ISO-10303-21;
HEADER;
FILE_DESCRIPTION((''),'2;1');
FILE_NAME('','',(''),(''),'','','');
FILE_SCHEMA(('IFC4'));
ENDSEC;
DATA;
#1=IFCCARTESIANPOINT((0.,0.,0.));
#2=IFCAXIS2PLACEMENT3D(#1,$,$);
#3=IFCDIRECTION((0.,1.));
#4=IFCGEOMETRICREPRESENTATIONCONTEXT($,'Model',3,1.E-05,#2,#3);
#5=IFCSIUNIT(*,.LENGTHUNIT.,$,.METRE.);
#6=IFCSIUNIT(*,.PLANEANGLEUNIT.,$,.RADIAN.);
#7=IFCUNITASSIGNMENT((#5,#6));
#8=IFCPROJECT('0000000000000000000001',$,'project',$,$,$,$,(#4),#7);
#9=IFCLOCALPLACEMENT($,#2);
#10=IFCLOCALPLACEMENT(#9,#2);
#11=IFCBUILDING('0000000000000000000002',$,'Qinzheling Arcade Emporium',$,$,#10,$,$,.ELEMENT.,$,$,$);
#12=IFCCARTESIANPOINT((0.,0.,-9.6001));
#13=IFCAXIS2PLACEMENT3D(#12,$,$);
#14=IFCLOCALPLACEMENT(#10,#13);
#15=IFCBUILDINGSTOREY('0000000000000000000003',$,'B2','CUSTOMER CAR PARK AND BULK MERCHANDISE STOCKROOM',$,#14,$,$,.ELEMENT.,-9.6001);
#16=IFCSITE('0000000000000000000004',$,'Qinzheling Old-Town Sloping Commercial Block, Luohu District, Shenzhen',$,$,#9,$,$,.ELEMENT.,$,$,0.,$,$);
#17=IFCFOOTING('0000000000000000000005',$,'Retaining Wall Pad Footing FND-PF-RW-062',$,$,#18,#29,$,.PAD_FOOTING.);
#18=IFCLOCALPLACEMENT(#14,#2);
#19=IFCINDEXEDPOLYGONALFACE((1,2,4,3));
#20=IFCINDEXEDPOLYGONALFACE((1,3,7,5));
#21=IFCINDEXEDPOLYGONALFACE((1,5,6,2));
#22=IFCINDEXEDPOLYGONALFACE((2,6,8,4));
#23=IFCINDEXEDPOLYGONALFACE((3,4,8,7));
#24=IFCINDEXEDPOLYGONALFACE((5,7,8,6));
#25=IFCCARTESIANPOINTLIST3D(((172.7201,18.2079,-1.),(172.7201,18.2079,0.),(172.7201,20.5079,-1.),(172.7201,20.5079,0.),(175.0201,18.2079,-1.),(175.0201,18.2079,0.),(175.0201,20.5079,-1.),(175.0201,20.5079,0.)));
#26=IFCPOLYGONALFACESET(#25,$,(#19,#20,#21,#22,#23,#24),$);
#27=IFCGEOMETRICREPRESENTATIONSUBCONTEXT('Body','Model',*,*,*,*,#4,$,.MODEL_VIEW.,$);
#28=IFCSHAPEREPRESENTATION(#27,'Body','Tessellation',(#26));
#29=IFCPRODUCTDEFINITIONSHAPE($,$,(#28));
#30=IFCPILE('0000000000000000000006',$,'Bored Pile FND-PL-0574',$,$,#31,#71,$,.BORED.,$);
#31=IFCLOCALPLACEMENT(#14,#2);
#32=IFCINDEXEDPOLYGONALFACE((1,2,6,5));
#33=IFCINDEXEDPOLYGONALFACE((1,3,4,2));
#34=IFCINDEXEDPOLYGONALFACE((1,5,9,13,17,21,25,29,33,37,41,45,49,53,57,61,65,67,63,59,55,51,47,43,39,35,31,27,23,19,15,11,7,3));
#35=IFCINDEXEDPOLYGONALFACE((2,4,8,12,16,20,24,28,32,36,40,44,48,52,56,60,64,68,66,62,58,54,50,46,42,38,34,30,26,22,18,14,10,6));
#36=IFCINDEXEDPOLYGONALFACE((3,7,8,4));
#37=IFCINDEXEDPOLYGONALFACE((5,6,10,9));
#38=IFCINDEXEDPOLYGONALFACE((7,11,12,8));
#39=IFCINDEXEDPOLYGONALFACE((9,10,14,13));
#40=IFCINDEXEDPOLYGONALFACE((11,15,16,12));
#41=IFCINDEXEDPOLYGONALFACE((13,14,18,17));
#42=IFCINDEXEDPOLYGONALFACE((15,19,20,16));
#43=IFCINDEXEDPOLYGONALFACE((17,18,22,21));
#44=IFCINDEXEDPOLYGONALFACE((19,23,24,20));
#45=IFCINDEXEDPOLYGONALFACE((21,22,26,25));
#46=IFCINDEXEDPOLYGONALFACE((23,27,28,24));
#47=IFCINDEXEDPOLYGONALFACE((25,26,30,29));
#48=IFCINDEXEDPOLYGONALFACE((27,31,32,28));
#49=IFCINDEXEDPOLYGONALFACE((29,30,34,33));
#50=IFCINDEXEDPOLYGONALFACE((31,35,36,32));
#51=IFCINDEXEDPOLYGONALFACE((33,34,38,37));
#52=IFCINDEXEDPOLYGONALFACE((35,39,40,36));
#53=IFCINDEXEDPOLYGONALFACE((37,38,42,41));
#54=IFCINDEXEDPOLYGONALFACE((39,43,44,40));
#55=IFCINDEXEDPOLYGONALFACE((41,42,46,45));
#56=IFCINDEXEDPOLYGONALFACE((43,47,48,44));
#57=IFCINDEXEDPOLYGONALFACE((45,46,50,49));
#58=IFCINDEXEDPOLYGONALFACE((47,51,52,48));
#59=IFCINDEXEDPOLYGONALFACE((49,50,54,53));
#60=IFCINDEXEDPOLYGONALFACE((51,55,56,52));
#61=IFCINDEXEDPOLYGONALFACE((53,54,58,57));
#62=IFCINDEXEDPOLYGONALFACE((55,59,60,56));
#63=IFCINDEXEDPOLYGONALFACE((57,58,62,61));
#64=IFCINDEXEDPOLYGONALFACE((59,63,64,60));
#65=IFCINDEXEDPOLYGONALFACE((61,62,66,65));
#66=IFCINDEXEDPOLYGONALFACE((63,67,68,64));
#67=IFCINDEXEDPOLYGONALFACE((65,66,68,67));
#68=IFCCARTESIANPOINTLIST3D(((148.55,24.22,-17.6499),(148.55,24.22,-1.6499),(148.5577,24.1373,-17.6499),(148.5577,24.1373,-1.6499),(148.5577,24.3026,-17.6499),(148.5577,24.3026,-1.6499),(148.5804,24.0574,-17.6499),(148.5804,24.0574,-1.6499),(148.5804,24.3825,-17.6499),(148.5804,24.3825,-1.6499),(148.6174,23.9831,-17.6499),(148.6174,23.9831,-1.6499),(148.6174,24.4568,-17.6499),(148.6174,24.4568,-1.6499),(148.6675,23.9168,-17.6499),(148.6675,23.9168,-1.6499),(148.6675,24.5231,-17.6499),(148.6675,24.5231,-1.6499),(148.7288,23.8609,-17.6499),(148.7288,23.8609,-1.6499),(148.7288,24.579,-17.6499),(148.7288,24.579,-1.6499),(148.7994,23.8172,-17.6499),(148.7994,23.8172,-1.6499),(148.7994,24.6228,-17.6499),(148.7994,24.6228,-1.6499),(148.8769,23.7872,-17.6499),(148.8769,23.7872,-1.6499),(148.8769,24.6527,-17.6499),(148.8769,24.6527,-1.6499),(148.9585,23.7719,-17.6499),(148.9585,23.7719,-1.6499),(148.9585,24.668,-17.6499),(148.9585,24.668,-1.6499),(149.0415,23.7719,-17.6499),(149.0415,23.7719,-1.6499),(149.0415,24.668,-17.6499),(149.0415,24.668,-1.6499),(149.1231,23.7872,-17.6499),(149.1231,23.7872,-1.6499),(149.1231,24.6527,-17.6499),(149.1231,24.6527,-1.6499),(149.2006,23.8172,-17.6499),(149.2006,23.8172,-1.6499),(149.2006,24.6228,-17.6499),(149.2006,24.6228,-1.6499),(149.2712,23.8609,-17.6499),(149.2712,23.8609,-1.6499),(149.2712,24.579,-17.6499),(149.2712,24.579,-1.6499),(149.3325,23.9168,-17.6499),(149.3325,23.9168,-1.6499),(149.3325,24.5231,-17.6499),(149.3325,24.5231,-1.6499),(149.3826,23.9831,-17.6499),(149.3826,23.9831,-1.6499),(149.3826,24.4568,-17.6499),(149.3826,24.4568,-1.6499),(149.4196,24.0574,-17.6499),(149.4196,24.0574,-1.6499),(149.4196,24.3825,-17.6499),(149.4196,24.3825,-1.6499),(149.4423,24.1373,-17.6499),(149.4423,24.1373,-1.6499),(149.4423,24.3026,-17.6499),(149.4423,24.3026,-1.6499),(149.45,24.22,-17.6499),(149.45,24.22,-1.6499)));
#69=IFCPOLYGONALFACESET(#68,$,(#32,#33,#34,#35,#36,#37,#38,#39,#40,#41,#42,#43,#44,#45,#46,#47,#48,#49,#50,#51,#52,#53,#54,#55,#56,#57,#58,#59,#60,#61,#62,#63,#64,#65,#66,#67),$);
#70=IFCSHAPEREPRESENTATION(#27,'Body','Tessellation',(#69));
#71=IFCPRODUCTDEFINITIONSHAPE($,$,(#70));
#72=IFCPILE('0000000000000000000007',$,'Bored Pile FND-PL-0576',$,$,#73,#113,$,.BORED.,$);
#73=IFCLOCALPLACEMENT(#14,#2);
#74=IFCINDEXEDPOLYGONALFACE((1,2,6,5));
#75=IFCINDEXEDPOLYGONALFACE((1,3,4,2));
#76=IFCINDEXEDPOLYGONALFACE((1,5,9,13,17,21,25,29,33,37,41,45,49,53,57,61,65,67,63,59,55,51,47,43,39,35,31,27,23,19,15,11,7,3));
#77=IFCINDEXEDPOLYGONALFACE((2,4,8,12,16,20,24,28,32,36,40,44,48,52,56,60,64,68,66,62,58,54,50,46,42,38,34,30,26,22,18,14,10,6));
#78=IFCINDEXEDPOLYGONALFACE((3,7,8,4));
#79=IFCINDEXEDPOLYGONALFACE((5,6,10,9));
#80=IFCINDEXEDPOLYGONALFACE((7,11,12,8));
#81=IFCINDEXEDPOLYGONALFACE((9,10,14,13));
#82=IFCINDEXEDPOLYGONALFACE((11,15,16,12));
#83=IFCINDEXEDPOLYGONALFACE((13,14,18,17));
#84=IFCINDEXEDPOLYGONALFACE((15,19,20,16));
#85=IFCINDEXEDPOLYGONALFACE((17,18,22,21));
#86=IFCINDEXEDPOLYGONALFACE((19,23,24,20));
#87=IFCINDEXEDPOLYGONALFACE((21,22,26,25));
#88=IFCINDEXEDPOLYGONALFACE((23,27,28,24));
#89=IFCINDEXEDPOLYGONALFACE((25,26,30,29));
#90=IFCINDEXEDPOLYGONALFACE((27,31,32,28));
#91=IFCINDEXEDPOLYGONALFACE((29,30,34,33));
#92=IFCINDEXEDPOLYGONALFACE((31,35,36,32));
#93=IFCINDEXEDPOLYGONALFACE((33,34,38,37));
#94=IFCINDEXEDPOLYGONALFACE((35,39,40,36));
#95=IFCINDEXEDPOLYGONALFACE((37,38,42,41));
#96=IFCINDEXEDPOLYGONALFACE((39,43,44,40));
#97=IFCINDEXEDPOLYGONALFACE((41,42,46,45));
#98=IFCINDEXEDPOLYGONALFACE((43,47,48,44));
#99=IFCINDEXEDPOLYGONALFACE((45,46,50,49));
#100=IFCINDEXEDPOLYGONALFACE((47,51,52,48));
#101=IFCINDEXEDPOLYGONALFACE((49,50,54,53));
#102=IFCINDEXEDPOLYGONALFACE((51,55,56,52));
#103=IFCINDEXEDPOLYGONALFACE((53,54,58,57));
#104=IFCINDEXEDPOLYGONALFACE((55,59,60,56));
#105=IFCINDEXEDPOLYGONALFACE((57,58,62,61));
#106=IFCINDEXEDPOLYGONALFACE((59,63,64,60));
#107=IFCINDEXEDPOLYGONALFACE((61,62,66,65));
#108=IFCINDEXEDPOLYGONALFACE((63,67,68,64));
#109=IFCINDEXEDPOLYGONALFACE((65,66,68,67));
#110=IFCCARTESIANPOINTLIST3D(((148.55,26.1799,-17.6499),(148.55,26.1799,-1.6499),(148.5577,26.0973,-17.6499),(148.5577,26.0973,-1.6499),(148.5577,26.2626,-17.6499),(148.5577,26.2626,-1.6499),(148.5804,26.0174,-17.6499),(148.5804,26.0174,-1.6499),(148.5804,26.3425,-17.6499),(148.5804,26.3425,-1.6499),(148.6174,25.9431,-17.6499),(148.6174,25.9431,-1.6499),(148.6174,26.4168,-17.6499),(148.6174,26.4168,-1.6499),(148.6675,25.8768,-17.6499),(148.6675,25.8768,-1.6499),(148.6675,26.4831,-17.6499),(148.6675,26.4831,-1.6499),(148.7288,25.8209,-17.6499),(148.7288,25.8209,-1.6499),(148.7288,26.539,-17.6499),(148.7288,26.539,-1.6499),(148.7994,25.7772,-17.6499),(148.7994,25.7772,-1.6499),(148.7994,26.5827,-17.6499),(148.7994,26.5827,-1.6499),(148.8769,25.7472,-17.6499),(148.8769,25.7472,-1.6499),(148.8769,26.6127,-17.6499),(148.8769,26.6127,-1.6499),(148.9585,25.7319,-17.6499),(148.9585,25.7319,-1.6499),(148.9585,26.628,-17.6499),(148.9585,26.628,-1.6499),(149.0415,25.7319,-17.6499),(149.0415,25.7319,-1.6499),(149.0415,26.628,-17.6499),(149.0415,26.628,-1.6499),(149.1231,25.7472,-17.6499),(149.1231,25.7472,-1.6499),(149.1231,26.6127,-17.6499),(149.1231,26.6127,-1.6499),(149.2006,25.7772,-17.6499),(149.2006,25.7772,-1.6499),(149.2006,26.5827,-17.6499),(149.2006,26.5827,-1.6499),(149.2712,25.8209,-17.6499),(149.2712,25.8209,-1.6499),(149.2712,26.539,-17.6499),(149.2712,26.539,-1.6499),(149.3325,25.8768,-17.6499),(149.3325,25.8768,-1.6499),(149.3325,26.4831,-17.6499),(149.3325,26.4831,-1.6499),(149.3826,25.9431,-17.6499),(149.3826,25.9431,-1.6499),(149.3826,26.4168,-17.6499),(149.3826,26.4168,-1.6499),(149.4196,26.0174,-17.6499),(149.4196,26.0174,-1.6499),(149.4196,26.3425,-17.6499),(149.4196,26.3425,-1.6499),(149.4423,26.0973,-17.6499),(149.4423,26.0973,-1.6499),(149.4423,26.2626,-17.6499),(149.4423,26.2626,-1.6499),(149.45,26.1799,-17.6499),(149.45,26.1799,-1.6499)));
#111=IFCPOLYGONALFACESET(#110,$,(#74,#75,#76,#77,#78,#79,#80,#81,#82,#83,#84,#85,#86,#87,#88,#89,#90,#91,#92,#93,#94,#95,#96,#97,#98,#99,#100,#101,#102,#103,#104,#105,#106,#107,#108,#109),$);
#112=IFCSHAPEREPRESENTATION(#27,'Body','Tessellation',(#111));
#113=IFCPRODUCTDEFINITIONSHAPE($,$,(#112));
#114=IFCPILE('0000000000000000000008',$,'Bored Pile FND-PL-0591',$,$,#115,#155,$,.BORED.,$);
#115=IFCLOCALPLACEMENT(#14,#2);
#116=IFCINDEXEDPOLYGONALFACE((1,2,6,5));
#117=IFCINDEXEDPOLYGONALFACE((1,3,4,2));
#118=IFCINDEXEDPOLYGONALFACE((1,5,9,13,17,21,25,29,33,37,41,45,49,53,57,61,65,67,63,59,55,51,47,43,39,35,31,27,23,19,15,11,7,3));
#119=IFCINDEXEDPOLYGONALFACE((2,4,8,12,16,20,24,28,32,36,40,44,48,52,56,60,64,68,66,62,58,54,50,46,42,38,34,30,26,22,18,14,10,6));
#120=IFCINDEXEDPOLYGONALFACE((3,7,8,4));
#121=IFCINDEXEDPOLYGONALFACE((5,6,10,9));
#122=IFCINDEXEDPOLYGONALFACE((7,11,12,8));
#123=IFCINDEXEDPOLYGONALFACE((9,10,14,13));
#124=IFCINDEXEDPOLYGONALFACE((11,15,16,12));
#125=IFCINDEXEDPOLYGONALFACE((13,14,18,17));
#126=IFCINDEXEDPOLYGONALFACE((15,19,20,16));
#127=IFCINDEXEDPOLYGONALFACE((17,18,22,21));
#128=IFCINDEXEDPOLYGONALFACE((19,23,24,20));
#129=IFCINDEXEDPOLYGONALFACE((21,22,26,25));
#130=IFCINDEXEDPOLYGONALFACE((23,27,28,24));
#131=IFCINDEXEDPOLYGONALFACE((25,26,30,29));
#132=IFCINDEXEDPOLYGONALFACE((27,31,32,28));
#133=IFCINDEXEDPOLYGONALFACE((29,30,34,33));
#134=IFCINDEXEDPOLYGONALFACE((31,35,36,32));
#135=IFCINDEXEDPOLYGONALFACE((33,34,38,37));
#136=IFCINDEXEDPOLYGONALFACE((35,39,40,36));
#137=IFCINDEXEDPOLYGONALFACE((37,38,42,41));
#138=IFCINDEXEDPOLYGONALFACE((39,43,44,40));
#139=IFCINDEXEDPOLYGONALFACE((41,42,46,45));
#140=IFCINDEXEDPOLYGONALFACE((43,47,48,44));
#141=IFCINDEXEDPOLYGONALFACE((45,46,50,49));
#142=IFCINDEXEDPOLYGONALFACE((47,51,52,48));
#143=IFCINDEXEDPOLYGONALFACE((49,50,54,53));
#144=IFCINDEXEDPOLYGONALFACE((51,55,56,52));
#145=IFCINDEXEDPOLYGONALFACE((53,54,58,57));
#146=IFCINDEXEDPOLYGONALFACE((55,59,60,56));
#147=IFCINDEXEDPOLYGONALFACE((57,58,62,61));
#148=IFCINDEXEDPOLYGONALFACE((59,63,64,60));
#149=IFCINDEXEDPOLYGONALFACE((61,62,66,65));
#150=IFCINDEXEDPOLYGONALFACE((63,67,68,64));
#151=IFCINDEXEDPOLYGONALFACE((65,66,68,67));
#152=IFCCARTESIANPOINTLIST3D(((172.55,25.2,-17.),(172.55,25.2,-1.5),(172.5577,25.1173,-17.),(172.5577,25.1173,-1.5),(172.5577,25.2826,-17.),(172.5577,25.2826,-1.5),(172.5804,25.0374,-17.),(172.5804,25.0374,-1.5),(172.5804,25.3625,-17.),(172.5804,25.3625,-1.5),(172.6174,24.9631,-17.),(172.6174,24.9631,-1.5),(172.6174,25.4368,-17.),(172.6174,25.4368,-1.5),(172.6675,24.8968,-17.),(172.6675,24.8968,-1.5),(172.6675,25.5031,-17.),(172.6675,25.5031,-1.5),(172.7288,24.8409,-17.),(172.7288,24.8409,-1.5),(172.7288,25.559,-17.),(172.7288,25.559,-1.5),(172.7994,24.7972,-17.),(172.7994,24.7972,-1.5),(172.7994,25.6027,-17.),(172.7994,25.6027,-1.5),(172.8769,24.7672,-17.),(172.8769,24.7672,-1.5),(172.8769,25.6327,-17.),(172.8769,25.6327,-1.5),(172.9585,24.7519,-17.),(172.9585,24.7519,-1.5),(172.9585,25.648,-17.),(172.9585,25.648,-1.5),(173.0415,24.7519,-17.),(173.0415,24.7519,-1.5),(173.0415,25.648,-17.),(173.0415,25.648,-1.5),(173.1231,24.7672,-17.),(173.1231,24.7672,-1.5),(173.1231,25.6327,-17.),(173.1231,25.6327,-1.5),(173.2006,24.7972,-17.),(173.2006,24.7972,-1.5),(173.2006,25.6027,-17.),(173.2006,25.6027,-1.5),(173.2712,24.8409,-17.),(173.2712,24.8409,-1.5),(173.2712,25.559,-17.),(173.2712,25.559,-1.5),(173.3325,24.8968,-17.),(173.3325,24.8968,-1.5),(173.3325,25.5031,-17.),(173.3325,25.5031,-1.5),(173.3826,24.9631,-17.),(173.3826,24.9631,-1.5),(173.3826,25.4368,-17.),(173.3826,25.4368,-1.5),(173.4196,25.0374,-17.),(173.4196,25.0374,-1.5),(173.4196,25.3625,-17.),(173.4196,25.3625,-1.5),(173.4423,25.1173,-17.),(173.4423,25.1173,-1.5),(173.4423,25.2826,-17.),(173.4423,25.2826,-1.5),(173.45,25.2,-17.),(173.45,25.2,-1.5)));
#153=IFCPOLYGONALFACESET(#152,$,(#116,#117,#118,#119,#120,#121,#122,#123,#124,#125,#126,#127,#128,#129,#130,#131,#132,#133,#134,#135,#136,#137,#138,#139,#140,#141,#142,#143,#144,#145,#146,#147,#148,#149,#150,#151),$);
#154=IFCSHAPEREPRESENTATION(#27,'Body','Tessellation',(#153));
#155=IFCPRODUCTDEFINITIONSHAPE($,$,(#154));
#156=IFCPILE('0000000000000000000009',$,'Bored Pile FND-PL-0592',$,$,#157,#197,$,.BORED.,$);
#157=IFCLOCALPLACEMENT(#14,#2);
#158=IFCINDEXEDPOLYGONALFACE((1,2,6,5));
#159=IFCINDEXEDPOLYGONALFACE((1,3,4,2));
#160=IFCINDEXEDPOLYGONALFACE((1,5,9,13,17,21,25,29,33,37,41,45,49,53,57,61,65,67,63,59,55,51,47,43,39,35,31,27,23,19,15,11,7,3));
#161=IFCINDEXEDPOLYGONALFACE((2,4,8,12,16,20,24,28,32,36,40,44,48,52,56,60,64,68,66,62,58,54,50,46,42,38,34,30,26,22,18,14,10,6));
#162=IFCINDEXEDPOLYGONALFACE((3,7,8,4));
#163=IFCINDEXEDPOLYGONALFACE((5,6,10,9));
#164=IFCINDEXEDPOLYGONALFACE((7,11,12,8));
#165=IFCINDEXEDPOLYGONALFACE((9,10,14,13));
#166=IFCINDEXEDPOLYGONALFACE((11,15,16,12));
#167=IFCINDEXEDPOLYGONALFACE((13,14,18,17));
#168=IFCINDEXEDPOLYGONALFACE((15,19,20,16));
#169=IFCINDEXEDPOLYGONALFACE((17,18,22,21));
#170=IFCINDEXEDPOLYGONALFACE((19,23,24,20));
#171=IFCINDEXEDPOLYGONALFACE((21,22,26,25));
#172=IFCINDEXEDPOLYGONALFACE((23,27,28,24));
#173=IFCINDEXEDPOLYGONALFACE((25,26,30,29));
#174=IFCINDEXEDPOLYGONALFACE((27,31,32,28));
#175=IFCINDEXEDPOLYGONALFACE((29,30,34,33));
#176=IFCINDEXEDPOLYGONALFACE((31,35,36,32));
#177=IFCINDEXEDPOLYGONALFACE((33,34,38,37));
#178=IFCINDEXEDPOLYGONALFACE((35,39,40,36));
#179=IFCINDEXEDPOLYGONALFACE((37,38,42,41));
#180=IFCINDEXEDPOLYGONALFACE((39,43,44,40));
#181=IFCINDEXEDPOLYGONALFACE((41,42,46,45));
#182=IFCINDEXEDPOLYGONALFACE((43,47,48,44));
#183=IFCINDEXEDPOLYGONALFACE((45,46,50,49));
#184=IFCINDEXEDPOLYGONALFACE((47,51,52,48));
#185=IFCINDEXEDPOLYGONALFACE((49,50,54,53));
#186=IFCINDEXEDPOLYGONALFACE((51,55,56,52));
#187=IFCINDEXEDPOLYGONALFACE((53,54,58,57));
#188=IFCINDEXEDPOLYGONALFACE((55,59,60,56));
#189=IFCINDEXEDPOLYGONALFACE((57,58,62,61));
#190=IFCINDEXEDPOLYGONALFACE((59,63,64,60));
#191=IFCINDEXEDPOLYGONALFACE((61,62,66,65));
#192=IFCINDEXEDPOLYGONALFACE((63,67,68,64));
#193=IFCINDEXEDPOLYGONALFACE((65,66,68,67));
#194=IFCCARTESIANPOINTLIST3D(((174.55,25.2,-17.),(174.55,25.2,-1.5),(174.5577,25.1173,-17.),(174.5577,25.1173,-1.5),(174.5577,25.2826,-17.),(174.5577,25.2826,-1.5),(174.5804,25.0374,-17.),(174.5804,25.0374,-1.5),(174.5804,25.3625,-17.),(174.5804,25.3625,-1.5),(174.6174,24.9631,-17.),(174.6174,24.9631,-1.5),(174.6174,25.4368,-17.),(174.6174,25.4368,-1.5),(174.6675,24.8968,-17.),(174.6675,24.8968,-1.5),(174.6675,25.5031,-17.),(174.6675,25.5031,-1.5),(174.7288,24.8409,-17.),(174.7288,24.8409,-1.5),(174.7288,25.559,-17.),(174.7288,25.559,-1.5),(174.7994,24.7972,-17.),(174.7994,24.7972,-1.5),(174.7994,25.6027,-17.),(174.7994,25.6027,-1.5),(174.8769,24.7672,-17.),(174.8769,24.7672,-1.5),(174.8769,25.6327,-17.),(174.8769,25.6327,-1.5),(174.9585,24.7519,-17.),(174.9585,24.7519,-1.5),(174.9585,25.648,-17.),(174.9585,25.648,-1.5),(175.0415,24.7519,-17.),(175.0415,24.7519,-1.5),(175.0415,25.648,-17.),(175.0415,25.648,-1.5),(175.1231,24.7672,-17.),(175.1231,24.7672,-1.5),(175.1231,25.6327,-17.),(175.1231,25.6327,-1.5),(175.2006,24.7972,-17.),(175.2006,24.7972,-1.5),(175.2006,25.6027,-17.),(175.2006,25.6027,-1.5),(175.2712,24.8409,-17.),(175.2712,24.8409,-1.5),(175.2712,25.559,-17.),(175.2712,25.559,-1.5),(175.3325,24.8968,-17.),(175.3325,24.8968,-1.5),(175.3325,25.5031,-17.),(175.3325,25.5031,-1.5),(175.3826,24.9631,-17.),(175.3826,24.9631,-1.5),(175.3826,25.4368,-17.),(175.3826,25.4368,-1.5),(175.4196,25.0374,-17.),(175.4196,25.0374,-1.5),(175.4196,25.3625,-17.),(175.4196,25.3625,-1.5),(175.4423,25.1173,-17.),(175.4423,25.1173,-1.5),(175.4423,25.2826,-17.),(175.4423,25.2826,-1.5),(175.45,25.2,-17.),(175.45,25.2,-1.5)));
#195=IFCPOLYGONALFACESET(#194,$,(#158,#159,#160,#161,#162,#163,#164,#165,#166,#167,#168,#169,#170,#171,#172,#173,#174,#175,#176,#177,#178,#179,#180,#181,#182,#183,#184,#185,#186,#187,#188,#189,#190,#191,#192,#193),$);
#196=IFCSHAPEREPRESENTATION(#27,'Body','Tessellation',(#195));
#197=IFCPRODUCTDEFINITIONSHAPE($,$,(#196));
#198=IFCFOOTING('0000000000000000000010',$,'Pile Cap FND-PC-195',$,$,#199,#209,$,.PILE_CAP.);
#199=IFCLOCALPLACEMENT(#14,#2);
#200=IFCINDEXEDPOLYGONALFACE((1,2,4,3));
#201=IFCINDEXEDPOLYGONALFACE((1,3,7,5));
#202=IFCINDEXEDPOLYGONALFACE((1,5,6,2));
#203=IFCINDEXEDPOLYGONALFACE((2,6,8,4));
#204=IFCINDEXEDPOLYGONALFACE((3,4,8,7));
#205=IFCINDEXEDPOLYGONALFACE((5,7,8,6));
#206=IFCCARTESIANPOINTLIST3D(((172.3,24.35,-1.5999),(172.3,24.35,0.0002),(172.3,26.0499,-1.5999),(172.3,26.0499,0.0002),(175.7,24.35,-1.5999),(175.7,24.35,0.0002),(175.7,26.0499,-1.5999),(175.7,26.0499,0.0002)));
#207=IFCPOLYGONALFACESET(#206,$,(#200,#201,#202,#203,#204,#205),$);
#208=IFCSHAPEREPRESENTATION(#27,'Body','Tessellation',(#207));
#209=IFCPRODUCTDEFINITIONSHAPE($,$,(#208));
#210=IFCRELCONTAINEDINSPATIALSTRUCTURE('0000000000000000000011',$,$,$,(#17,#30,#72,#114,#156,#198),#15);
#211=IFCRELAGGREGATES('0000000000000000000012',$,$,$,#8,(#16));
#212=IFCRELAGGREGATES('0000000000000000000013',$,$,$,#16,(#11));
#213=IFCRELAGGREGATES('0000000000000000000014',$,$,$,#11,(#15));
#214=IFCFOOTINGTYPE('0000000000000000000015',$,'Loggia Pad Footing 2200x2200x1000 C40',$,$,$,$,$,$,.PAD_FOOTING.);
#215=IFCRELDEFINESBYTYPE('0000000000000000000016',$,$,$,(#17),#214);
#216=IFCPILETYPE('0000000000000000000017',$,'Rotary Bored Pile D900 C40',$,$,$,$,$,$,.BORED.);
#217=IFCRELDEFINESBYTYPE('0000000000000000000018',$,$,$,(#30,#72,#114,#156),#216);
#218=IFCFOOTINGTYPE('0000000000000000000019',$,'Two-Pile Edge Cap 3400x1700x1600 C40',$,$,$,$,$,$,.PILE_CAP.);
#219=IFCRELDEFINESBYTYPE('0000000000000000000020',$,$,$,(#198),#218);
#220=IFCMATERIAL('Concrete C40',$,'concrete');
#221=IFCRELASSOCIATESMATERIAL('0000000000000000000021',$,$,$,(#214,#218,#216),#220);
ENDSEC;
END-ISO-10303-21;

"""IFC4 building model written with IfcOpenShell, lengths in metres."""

from ifc_helpers import new_model, si_unit, direction, frame, origin, origin_2d, place, context, subcontext, project, spatial, rectangle, circle, extrude, material, material_profile, profile_set, type_object, element, save


model = new_model("IFC4")

# Units and contexts
model_context = context("Model", 3, precision=1e-05, world=origin(), true_north=direction((0.0, 1.0)))
body_context = subcontext(model_context, "Body", "Model", "MODEL_VIEW")
ifc_project = project(units=[si_unit("LENGTHUNIT", "METRE"), si_unit("PLANEANGLEUNIT", "RADIAN")], contexts=[model_context])

# Site, building, storey
site_placement = place(None, origin())
site = spatial("IfcSite", under=ifc_project, at=site_placement, Name="Qinzheling Old-Town Sloping Commercial Block, Luohu District, Shenzhen", CompositionType="ELEMENT", RefElevation=0.0)
building_placement = place(site_placement, origin())
building = spatial("IfcBuilding", under=site, at=building_placement, Name="Qinzheling Arcade Emporium", CompositionType="ELEMENT")
storey_placement = place(building_placement, frame((0.0, 0.0, -9.6001)))
storey = spatial("IfcBuildingStorey", under=building, at=storey_placement, Name="B2", Description="CUSTOMER CAR PARK AND BULK MERCHANDISE STOCKROOM", CompositionType="ELEMENT", Elevation=-9.6001)

# Footing
ifc_material_1 = material(Name="Concrete C40", Category="concrete")
footing_type_1 = type_object("IfcFootingType", Name="Loggia Pad Footing 2200x2200x1000 C40", PredefinedType="PAD_FOOTING", material=ifc_material_1)
for number, where, z_axis, x_axis, name in (
    (1, (173.8701, 19.3579, -1.0), (0.0, 0.0, 1.0), (1.0, 0.0, 0.0), "Retaining Wall Pad Footing FND-PF-RW-062"),
):
    element("IfcFooting", number, at=place(storey_placement, frame(where, z_axis=z_axis, x_axis=x_axis)), inside=storey, type_object=footing_type_1, Name=name, PredefinedType="PAD_FOOTING", context=body_context, shape_type="SweptSolid", body=[
        extrude(rectangle(XDim=2.3, YDim=2.3, at=origin_2d()), origin(), (0.0, 0.0, 1.0), 1.0),
    ])

# Piles
ifc_material_profile_1 = material_profile(ifc_material_1, circle(Radius=0.45, at=origin_2d()), Name="BORED D900", Category="concrete")
ifc_profile_set_1 = profile_set([ifc_material_profile_1], Name="Concrete C40")
pile_type = type_object("IfcPileType", Name="Rotary Bored Pile D900 C40", PredefinedType="BORED", material=ifc_profile_set_1)
for number, where, z_axis, x_axis, name in (
    (2, (149.0, 24.22, -1.6499), (0.0, 0.0, -1.0), (1.0, 0.0, 0.0), "Bored Pile FND-PL-0574"),
    (3, (149.0, 26.1799, -1.6499), (0.0, 0.0, -1.0), (1.0, 0.0, 0.0), "Bored Pile FND-PL-0576"),
):
    element("IfcPile", number, at=place(storey_placement, frame(where, z_axis=z_axis, x_axis=x_axis)), inside=storey, type_object=pile_type, Name=name, PredefinedType="BORED", context=body_context, shape_type="SweptSolid", body=[
        extrude(circle(Radius=0.45, at=origin_2d()), origin(), (0.0, 0.0, 1.0), 16.0),
    ])
for number, where, z_axis, x_axis, name in (
    (4, (173.0, 25.2, -1.5), (0.0, 0.0, -1.0), (1.0, 0.0, 0.0), "Bored Pile FND-PL-0591"),
    (5, (175.0, 25.2, -1.5), (0.0, 0.0, -1.0), (1.0, 0.0, 0.0), "Bored Pile FND-PL-0592"),
):
    element("IfcPile", number, at=place(storey_placement, frame(where, z_axis=z_axis, x_axis=x_axis)), inside=storey, type_object=pile_type, Name=name, PredefinedType="BORED", context=body_context, shape_type="SweptSolid", body=[
        extrude(circle(Radius=0.45, at=origin_2d()), origin(), (0.0, 0.0, 1.0), 15.5),
    ])

# Footing
footing_type_2 = type_object("IfcFootingType", Name="Two-Pile Edge Cap 3400x1700x1600 C40", PredefinedType="PILE_CAP", material=ifc_material_1)
footing_1_placement = place(storey_placement, frame((174.0, 25.2, -1.5999), z_axis=(0.0, 0.0, 1.0), x_axis=(1.0, 0.0, 0.0)))
element("IfcFooting", 6, at=footing_1_placement, inside=storey, type_object=footing_type_2, Name="Pile Cap FND-PC-195", PredefinedType="PILE_CAP", context=body_context, shape_type="SweptSolid", body=[
    extrude(rectangle(XDim=3.3999, YDim=1.7, at=origin_2d()), origin(), (0.0, 0.0, 1.0), 1.6001),
])

save(model, "model.ifc")
